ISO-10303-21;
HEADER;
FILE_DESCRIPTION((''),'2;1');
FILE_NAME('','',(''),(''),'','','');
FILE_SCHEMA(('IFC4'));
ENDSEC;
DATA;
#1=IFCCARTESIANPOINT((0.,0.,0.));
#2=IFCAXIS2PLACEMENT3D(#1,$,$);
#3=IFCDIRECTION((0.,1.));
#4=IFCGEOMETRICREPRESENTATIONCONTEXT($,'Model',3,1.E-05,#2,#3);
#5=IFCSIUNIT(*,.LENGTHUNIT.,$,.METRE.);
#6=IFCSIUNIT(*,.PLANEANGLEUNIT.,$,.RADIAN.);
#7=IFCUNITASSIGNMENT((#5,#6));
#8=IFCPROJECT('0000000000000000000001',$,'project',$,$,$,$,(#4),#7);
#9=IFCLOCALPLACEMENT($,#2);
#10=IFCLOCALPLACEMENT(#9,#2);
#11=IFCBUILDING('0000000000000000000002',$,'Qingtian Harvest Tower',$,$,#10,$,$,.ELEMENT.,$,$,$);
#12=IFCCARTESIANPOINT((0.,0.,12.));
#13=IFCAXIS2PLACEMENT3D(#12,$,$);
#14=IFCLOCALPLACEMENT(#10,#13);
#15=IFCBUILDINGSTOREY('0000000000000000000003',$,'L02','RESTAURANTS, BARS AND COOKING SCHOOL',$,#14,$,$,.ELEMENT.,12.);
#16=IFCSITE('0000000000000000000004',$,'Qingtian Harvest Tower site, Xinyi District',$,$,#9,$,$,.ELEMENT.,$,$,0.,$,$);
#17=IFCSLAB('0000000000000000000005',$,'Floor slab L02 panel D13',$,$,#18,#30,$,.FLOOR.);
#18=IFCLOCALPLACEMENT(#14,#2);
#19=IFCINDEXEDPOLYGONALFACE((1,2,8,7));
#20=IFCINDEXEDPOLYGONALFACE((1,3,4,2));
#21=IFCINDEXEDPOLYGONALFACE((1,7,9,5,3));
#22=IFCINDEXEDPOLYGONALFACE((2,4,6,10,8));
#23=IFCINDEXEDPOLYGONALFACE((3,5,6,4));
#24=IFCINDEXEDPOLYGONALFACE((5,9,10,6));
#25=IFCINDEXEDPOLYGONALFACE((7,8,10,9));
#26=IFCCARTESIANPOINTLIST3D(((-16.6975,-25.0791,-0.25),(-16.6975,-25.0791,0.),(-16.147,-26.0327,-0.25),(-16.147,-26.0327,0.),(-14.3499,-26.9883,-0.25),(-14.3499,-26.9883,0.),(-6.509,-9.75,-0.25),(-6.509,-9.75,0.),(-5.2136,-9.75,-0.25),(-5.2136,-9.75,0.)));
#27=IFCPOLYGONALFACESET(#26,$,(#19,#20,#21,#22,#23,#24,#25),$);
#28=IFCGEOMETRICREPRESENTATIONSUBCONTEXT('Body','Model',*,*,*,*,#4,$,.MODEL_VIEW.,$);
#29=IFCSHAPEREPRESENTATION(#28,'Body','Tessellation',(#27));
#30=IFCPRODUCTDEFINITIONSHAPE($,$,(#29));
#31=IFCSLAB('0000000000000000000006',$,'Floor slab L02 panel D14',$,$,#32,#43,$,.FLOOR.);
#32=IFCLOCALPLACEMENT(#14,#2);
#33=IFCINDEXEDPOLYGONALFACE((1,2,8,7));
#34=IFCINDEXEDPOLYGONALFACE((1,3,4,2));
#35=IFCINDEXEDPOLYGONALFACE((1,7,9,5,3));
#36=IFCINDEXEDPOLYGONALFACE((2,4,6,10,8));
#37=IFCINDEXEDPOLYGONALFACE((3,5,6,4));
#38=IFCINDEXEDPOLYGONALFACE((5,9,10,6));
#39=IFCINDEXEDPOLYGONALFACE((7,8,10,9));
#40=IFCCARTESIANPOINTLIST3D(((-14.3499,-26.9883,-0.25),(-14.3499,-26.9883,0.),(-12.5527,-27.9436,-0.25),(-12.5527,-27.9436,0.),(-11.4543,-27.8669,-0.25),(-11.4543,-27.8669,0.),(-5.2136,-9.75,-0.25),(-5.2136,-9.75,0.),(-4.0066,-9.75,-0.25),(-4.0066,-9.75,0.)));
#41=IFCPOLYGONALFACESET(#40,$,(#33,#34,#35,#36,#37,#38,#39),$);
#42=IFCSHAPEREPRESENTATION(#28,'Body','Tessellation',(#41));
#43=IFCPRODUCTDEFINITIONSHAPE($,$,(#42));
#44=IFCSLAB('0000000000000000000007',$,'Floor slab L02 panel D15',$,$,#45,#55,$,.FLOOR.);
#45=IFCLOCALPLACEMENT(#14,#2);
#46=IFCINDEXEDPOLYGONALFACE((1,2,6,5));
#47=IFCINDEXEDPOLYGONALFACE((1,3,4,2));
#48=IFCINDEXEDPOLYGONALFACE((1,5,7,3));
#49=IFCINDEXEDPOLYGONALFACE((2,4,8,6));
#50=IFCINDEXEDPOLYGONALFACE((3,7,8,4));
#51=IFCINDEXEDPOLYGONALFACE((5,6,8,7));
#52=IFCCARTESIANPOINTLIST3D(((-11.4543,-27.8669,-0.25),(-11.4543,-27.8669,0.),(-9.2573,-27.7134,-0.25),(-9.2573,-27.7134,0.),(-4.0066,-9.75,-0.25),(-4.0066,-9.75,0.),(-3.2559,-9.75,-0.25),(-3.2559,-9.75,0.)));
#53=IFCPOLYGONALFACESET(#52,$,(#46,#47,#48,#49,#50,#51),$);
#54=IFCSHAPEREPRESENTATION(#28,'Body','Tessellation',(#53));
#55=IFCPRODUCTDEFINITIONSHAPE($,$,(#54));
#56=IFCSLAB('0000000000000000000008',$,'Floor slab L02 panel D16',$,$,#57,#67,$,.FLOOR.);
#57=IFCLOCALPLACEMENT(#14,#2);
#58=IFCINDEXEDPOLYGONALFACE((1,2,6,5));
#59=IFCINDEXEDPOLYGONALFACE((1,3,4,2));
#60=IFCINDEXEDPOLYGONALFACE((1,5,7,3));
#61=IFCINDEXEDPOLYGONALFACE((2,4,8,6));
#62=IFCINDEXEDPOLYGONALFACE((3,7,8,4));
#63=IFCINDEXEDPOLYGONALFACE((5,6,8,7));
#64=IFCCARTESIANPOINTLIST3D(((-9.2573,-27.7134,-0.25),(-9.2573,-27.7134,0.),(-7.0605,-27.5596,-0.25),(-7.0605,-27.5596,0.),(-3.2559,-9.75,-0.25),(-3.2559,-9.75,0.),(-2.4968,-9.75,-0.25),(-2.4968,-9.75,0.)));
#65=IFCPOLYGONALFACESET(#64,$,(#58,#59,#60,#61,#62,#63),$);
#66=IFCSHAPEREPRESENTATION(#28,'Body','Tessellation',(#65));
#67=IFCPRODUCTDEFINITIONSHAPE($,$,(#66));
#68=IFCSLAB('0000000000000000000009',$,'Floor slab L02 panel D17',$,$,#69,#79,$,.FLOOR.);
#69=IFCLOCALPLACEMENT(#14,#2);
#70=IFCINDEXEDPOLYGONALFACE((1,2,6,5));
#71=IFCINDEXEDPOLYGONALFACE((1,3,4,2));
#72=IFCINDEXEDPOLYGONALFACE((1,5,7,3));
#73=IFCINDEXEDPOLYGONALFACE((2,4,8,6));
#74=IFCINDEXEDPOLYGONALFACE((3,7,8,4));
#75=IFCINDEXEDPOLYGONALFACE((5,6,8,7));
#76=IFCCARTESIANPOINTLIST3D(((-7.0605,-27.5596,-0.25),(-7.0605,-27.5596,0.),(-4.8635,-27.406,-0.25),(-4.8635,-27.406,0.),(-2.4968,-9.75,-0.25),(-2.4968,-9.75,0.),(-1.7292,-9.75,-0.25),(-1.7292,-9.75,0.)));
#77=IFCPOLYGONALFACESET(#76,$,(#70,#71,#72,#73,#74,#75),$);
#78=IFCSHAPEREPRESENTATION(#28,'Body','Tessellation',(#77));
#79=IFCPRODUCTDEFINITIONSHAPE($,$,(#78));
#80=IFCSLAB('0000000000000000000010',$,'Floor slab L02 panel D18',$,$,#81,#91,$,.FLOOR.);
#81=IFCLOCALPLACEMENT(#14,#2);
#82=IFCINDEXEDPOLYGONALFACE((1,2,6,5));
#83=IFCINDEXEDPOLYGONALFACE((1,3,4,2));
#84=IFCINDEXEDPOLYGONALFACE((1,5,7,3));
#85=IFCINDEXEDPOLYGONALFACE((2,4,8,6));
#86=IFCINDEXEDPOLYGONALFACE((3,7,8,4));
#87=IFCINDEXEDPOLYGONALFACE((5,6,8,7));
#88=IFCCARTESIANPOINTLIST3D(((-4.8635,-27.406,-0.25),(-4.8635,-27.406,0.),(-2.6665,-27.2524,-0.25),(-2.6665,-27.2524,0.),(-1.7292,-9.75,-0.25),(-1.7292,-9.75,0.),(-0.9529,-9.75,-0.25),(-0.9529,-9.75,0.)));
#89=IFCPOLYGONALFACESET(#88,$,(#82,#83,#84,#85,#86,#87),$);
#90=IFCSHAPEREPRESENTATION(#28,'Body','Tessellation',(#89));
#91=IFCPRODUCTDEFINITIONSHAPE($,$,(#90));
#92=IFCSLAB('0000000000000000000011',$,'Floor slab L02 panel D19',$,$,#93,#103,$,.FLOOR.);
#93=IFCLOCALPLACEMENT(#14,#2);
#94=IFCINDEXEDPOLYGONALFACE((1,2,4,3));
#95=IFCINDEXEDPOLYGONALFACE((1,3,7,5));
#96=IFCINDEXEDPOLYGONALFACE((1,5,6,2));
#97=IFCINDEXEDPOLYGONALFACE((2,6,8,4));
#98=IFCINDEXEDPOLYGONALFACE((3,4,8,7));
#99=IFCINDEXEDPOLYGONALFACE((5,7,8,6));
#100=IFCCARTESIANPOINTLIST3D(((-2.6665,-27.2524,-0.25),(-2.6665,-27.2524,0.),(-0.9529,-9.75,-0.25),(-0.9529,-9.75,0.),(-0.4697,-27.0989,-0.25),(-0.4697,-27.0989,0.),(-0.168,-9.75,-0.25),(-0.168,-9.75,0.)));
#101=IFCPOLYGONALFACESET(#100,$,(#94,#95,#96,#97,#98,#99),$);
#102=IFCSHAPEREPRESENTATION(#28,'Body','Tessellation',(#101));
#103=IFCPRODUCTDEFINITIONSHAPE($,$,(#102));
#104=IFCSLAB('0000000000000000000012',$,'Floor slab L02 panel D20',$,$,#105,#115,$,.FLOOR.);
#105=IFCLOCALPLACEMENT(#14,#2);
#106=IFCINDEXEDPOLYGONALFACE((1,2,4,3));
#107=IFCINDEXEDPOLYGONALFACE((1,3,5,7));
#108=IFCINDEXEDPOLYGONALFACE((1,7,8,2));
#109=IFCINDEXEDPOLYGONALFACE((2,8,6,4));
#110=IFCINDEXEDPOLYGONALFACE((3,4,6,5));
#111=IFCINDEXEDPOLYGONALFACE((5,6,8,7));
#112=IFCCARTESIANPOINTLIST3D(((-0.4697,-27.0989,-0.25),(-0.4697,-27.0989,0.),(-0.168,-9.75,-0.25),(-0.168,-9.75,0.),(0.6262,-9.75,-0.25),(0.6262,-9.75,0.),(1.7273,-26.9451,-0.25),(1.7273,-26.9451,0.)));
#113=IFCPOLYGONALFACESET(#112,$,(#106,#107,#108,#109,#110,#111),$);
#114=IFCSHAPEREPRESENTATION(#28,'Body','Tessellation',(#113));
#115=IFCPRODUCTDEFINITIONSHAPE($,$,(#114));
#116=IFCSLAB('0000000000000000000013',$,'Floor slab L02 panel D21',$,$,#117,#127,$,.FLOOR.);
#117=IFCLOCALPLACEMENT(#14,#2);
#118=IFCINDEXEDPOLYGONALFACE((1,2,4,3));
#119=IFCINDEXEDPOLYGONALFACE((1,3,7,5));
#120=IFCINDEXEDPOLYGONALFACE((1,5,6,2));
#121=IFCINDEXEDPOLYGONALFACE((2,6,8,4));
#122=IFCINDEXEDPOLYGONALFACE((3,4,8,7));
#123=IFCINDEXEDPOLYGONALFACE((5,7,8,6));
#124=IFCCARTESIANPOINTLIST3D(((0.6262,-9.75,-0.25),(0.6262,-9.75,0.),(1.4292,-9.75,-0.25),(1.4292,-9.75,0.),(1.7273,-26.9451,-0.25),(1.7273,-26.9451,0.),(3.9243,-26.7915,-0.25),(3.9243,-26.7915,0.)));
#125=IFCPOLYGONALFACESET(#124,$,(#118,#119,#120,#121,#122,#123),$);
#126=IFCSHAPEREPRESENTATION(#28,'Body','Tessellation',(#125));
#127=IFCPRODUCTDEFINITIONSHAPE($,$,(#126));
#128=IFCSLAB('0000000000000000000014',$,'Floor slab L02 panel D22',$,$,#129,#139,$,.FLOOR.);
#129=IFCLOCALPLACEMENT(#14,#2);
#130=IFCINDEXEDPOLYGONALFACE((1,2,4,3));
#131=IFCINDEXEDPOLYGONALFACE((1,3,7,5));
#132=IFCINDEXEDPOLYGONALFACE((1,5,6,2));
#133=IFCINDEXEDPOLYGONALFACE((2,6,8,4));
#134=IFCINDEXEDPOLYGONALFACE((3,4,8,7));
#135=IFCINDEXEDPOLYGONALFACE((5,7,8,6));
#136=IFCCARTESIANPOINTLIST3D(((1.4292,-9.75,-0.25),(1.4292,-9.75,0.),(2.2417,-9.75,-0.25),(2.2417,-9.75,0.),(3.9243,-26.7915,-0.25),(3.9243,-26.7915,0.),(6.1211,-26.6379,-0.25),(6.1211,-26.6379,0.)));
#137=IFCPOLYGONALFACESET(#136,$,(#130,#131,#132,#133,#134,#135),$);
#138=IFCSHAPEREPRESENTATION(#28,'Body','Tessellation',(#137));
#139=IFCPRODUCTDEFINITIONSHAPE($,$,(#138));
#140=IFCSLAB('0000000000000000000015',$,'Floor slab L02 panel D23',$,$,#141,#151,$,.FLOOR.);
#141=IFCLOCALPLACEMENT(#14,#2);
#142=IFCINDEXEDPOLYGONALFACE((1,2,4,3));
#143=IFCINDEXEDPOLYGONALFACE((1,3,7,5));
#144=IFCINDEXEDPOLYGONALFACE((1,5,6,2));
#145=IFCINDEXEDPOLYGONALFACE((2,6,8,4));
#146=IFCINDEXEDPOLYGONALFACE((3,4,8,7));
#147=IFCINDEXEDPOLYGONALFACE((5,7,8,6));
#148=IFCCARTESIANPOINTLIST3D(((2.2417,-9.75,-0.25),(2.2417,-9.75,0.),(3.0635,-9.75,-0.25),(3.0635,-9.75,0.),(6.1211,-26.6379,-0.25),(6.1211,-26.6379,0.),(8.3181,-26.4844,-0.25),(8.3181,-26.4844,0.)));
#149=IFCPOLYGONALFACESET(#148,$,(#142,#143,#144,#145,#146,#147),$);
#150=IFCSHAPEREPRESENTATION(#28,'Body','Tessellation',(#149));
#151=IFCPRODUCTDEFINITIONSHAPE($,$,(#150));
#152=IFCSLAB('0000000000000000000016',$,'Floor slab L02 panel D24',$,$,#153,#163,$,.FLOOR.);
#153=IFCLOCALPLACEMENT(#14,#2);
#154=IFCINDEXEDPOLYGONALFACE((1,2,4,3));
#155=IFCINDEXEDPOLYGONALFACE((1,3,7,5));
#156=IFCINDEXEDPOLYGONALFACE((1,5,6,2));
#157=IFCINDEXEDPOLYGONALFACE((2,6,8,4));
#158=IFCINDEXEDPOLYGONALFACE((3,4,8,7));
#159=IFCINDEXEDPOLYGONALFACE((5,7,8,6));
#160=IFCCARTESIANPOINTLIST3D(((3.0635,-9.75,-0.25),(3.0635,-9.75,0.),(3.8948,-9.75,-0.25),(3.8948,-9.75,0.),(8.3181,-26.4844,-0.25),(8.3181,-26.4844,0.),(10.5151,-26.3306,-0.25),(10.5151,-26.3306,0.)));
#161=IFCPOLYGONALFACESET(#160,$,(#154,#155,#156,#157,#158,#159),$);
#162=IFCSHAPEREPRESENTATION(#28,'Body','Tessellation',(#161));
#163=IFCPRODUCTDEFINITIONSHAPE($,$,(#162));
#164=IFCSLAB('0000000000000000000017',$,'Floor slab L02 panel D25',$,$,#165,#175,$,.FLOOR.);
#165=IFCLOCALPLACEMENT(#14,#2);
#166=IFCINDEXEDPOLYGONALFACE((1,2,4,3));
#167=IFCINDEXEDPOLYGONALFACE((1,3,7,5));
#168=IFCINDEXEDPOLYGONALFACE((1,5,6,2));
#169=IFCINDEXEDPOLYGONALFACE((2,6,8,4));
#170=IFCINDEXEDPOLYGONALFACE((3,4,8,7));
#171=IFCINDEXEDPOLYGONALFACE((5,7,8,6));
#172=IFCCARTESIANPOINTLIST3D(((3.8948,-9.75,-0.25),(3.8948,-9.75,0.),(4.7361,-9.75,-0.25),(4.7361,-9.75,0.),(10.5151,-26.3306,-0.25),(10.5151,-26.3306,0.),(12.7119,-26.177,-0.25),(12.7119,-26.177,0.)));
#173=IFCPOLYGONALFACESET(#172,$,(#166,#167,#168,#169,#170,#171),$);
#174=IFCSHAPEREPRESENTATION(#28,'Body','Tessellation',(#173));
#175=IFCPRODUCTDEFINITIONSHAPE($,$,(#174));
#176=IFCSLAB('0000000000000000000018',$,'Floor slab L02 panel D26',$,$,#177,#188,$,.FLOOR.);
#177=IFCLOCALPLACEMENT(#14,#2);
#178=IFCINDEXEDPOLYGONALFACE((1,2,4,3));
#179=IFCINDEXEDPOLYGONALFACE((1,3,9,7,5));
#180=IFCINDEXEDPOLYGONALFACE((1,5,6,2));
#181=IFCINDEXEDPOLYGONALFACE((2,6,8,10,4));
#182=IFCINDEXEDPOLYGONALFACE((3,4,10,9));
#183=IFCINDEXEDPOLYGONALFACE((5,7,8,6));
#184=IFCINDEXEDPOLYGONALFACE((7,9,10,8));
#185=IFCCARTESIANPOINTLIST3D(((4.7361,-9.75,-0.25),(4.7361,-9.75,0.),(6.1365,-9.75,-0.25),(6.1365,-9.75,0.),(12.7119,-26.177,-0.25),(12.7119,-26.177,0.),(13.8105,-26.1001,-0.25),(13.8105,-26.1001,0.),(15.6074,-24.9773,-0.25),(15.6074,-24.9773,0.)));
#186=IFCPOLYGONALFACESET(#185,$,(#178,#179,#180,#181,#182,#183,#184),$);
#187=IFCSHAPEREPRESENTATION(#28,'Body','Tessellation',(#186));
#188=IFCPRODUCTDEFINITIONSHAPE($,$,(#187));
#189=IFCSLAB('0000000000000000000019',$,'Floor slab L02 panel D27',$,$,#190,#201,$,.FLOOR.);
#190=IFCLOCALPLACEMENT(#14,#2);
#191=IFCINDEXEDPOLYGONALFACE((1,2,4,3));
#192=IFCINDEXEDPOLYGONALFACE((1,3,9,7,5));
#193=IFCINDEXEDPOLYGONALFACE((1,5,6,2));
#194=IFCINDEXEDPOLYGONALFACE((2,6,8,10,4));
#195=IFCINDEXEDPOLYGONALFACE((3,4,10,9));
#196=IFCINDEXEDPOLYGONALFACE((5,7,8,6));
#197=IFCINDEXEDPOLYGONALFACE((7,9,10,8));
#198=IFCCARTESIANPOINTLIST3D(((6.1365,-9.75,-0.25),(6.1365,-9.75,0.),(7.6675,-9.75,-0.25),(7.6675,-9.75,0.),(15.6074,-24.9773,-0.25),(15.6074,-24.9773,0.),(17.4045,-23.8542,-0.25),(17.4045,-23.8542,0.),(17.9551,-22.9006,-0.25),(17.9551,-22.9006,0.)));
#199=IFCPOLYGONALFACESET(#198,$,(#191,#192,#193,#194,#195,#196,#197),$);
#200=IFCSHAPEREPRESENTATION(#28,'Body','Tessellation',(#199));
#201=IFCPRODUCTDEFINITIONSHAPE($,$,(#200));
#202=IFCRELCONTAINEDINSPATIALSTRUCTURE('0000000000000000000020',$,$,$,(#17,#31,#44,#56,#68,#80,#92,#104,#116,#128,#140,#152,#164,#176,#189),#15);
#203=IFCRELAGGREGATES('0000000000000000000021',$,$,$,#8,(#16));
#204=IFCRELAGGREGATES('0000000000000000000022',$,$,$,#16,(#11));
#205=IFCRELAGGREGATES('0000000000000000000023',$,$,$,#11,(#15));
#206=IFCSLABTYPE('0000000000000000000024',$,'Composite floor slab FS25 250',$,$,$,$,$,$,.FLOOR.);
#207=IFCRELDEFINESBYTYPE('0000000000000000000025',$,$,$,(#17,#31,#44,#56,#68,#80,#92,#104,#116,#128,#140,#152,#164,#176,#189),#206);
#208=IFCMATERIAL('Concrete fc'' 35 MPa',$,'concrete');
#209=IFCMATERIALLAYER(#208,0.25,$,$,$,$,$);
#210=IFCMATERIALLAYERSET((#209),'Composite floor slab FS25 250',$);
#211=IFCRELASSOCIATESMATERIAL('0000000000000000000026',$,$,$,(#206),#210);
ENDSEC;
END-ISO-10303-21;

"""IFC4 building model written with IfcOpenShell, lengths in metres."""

from ifc_helpers import new_model, si_unit, direction, frame, origin, place, context, subcontext, project, spatial, polyline, outline, extrude, material, layer, layer_set, type_object, element, save


model = new_model("IFC4")

# Units and contexts
model_context = context("Model", 3, precision=1e-05, world=origin(), true_north=direction((0.0, 1.0)))
body_context = subcontext(model_context, "Body", "Model", "MODEL_VIEW")
ifc_project = project(units=[si_unit("LENGTHUNIT", "METRE"), si_unit("PLANEANGLEUNIT", "RADIAN")], contexts=[model_context])

# Site, building, storey
site_placement = place(None, origin())
site = spatial("IfcSite", under=ifc_project, at=site_placement, Name="Qingtian Harvest Tower site, Xinyi District", CompositionType="ELEMENT", RefElevation=0.0)
building_placement = place(site_placement, origin())
building = spatial("IfcBuilding", under=site, at=building_placement, Name="Qingtian Harvest Tower", CompositionType="ELEMENT")
storey_placement = place(building_placement, frame((0.0, 0.0, 12.0)))
storey = spatial("IfcBuildingStorey", under=building, at=storey_placement, Name="L02", Description="RESTAURANTS, BARS AND COOKING SCHOOL", CompositionType="ELEMENT", Elevation=12.0)

# Slabs
ifc_material = material(Name="Concrete fc' 35 MPa", Category="concrete")
ifc_layer = layer(ifc_material, 0.25)
ifc_layer_set = layer_set([ifc_layer], Name="Composite floor slab FS25 250")
slab_type = type_object("IfcSlabType", Name="Composite floor slab FS25 250", PredefinedType="FLOOR", material=ifc_layer_set)
slab_1_placement = place(storey_placement, frame((0.0, 0.0, -0.25)))
element("IfcSlab", 1, at=slab_1_placement, inside=storey, type_object=slab_type, Name="Floor slab L02 panel D13", PredefinedType="FLOOR", context=body_context, shape_type="SweptSolid", body=[
    extrude(outline(polyline([(-6.509, -9.75), (-5.2136, -9.75), (-14.3499, -26.9883), (-16.147, -26.0327), (-16.6975, -25.0791), (-6.509, -9.75)])), origin(), (0.0, 0.0, 1.0), 0.25),
])
slab_2_placement = place(storey_placement, frame((0.0, 0.0, -0.25)))
element("IfcSlab", 2, at=slab_2_placement, inside=storey, type_object=slab_type, Name="Floor slab L02 panel D14", PredefinedType="FLOOR", context=body_context, shape_type="SweptSolid", body=[
    extrude(outline(polyline([(-5.2136, -9.75), (-4.0066, -9.75), (-11.4543, -27.8669), (-12.5527, -27.9436), (-14.3499, -26.9883), (-5.2136, -9.75)])), origin(), (0.0, 0.0, 1.0), 0.25),
])
slab_3_placement = place(storey_placement, frame((0.0, 0.0, -0.25)))
element("IfcSlab", 3, at=slab_3_placement, inside=storey, type_object=slab_type, Name="Floor slab L02 panel D15", PredefinedType="FLOOR", context=body_context, shape_type="SweptSolid", body=[
    extrude(outline(polyline([(-3.2559, -9.75), (-9.2573, -27.7134), (-11.4543, -27.8669), (-4.0066, -9.75), (-3.2559, -9.75)])), origin(), (0.0, 0.0, 1.0), 0.25),
])
slab_4_placement = place(storey_placement, frame((0.0, 0.0, -0.25)))
element("IfcSlab", 4, at=slab_4_placement, inside=storey, type_object=slab_type, Name="Floor slab L02 panel D16", PredefinedType="FLOOR", context=body_context, shape_type="SweptSolid", body=[
    extrude(outline(polyline([(-2.4968, -9.75), (-7.0605, -27.5596), (-9.2573, -27.7134), (-3.2559, -9.75), (-2.4968, -9.75)])), origin(), (0.0, 0.0, 1.0), 0.25),
])
slab_5_placement = place(storey_placement, frame((0.0, 0.0, -0.25)))
element("IfcSlab", 5, at=slab_5_placement, inside=storey, type_object=slab_type, Name="Floor slab L02 panel D17", PredefinedType="FLOOR", context=body_context, shape_type="SweptSolid", body=[
    extrude(outline(polyline([(-1.7292, -9.75), (-4.8635, -27.406), (-7.0605, -27.5596), (-2.4968, -9.75), (-1.7292, -9.75)])), origin(), (0.0, 0.0, 1.0), 0.25),
])
slab_6_placement = place(storey_placement, frame((0.0, 0.0, -0.25)))
element("IfcSlab", 6, at=slab_6_placement, inside=storey, type_object=slab_type, Name="Floor slab L02 panel D18", PredefinedType="FLOOR", context=body_context, shape_type="SweptSolid", body=[
    extrude(outline(polyline([(-0.9529, -9.75), (-2.6665, -27.2524), (-4.8635, -27.406), (-1.7292, -9.75), (-0.9529, -9.75)])), origin(), (0.0, 0.0, 1.0), 0.25),
])
slab_7_placement = place(storey_placement, frame((0.0, 0.0, -0.25)))
element("IfcSlab", 7, at=slab_7_placement, inside=storey, type_object=slab_type, Name="Floor slab L02 panel D19", PredefinedType="FLOOR", context=body_context, shape_type="SweptSolid", body=[
    extrude(outline(polyline([(-0.168, -9.75), (-0.4697, -27.0989), (-2.6665, -27.2524), (-0.9529, -9.75), (-0.168, -9.75)])), origin(), (0.0, 0.0, 1.0), 0.25),
])
slab_8_placement = place(storey_placement, frame((0.0, 0.0, -0.25)))
element("IfcSlab", 8, at=slab_8_placement, inside=storey, type_object=slab_type, Name="Floor slab L02 panel D20", PredefinedType="FLOOR", context=body_context, shape_type="SweptSolid", body=[
    extrude(outline(polyline([(0.6262, -9.75), (1.7273, -26.9451), (-0.4697, -27.0989), (-0.168, -9.75), (0.6262, -9.75)])), origin(), (0.0, 0.0, 1.0), 0.25),
])
slab_9_placement = place(storey_placement, frame((0.0, 0.0, -0.25)))
element("IfcSlab", 9, at=slab_9_placement, inside=storey, type_object=slab_type, Name="Floor slab L02 panel D21", PredefinedType="FLOOR", context=body_context, shape_type="SweptSolid", body=[
    extrude(outline(polyline([(1.4292, -9.75), (3.9243, -26.7915), (1.7273, -26.9451), (0.6262, -9.75), (1.4292, -9.75)])), origin(), (0.0, 0.0, 1.0), 0.25),
])
slab_10_placement = place(storey_placement, frame((0.0, 0.0, -0.25)))
element("IfcSlab", 10, at=slab_10_placement, inside=storey, type_object=slab_type, Name="Floor slab L02 panel D22", PredefinedType="FLOOR", context=body_context, shape_type="SweptSolid", body=[
    extrude(outline(polyline([(2.2417, -9.75), (6.1211, -26.6379), (3.9243, -26.7915), (1.4292, -9.75), (2.2417, -9.75)])), origin(), (0.0, 0.0, 1.0), 0.25),
])
slab_11_placement = place(storey_placement, frame((0.0, 0.0, -0.25)))
element("IfcSlab", 11, at=slab_11_placement, inside=storey, type_object=slab_type, Name="Floor slab L02 panel D23", PredefinedType="FLOOR", context=body_context, shape_type="SweptSolid", body=[
    extrude(outline(polyline([(3.0635, -9.75), (8.3181, -26.4844), (6.1211, -26.6379), (2.2417, -9.75), (3.0635, -9.75)])), origin(), (0.0, 0.0, 1.0), 0.25),
])
slab_12_placement = place(storey_placement, frame((0.0, 0.0, -0.25)))
element("IfcSlab", 12, at=slab_12_placement, inside=storey, type_object=slab_type, Name="Floor slab L02 panel D24", PredefinedType="FLOOR", context=body_context, shape_type="SweptSolid", body=[
    extrude(outline(polyline([(3.8948, -9.75), (10.5151, -26.3306), (8.3181, -26.4844), (3.0635, -9.75), (3.8948, -9.75)])), origin(), (0.0, 0.0, 1.0), 0.25),
])
slab_13_placement = place(storey_placement, frame((0.0, 0.0, -0.25)))
element("IfcSlab", 13, at=slab_13_placement, inside=storey, type_object=slab_type, Name="Floor slab L02 panel D25", PredefinedType="FLOOR", context=body_context, shape_type="SweptSolid", body=[
    extrude(outline(polyline([(4.7361, -9.75), (12.7119, -26.177), (10.5151, -26.3306), (3.8948, -9.75), (4.7361, -9.75)])), origin(), (0.0, 0.0, 1.0), 0.25),
])
slab_14_placement = place(storey_placement, frame((0.0, 0.0, -0.25)))
element("IfcSlab", 14, at=slab_14_placement, inside=storey, type_object=slab_type, Name="Floor slab L02 panel D26", PredefinedType="FLOOR", context=body_context, shape_type="SweptSolid", body=[
    extrude(outline(polyline([(4.7361, -9.75), (6.1365, -9.75), (15.6074, -24.9773), (13.8105, -26.1001), (12.7119, -26.177), (4.7361, -9.75)])), origin(), (0.0, 0.0, 1.0), 0.25),
])
slab_15_placement = place(storey_placement, frame((0.0, 0.0, -0.25)))
element("IfcSlab", 15, at=slab_15_placement, inside=storey, type_object=slab_type, Name="Floor slab L02 panel D27", PredefinedType="FLOOR", context=body_context, shape_type="SweptSolid", body=[
    extrude(outline(polyline([(6.1365, -9.75), (7.6675, -9.75), (17.9551, -22.9006), (17.4045, -23.8542), (15.6074, -24.9773), (6.1365, -9.75)])), origin(), (0.0, 0.0, 1.0), 0.25),
])

save(model, "model.ifc")
